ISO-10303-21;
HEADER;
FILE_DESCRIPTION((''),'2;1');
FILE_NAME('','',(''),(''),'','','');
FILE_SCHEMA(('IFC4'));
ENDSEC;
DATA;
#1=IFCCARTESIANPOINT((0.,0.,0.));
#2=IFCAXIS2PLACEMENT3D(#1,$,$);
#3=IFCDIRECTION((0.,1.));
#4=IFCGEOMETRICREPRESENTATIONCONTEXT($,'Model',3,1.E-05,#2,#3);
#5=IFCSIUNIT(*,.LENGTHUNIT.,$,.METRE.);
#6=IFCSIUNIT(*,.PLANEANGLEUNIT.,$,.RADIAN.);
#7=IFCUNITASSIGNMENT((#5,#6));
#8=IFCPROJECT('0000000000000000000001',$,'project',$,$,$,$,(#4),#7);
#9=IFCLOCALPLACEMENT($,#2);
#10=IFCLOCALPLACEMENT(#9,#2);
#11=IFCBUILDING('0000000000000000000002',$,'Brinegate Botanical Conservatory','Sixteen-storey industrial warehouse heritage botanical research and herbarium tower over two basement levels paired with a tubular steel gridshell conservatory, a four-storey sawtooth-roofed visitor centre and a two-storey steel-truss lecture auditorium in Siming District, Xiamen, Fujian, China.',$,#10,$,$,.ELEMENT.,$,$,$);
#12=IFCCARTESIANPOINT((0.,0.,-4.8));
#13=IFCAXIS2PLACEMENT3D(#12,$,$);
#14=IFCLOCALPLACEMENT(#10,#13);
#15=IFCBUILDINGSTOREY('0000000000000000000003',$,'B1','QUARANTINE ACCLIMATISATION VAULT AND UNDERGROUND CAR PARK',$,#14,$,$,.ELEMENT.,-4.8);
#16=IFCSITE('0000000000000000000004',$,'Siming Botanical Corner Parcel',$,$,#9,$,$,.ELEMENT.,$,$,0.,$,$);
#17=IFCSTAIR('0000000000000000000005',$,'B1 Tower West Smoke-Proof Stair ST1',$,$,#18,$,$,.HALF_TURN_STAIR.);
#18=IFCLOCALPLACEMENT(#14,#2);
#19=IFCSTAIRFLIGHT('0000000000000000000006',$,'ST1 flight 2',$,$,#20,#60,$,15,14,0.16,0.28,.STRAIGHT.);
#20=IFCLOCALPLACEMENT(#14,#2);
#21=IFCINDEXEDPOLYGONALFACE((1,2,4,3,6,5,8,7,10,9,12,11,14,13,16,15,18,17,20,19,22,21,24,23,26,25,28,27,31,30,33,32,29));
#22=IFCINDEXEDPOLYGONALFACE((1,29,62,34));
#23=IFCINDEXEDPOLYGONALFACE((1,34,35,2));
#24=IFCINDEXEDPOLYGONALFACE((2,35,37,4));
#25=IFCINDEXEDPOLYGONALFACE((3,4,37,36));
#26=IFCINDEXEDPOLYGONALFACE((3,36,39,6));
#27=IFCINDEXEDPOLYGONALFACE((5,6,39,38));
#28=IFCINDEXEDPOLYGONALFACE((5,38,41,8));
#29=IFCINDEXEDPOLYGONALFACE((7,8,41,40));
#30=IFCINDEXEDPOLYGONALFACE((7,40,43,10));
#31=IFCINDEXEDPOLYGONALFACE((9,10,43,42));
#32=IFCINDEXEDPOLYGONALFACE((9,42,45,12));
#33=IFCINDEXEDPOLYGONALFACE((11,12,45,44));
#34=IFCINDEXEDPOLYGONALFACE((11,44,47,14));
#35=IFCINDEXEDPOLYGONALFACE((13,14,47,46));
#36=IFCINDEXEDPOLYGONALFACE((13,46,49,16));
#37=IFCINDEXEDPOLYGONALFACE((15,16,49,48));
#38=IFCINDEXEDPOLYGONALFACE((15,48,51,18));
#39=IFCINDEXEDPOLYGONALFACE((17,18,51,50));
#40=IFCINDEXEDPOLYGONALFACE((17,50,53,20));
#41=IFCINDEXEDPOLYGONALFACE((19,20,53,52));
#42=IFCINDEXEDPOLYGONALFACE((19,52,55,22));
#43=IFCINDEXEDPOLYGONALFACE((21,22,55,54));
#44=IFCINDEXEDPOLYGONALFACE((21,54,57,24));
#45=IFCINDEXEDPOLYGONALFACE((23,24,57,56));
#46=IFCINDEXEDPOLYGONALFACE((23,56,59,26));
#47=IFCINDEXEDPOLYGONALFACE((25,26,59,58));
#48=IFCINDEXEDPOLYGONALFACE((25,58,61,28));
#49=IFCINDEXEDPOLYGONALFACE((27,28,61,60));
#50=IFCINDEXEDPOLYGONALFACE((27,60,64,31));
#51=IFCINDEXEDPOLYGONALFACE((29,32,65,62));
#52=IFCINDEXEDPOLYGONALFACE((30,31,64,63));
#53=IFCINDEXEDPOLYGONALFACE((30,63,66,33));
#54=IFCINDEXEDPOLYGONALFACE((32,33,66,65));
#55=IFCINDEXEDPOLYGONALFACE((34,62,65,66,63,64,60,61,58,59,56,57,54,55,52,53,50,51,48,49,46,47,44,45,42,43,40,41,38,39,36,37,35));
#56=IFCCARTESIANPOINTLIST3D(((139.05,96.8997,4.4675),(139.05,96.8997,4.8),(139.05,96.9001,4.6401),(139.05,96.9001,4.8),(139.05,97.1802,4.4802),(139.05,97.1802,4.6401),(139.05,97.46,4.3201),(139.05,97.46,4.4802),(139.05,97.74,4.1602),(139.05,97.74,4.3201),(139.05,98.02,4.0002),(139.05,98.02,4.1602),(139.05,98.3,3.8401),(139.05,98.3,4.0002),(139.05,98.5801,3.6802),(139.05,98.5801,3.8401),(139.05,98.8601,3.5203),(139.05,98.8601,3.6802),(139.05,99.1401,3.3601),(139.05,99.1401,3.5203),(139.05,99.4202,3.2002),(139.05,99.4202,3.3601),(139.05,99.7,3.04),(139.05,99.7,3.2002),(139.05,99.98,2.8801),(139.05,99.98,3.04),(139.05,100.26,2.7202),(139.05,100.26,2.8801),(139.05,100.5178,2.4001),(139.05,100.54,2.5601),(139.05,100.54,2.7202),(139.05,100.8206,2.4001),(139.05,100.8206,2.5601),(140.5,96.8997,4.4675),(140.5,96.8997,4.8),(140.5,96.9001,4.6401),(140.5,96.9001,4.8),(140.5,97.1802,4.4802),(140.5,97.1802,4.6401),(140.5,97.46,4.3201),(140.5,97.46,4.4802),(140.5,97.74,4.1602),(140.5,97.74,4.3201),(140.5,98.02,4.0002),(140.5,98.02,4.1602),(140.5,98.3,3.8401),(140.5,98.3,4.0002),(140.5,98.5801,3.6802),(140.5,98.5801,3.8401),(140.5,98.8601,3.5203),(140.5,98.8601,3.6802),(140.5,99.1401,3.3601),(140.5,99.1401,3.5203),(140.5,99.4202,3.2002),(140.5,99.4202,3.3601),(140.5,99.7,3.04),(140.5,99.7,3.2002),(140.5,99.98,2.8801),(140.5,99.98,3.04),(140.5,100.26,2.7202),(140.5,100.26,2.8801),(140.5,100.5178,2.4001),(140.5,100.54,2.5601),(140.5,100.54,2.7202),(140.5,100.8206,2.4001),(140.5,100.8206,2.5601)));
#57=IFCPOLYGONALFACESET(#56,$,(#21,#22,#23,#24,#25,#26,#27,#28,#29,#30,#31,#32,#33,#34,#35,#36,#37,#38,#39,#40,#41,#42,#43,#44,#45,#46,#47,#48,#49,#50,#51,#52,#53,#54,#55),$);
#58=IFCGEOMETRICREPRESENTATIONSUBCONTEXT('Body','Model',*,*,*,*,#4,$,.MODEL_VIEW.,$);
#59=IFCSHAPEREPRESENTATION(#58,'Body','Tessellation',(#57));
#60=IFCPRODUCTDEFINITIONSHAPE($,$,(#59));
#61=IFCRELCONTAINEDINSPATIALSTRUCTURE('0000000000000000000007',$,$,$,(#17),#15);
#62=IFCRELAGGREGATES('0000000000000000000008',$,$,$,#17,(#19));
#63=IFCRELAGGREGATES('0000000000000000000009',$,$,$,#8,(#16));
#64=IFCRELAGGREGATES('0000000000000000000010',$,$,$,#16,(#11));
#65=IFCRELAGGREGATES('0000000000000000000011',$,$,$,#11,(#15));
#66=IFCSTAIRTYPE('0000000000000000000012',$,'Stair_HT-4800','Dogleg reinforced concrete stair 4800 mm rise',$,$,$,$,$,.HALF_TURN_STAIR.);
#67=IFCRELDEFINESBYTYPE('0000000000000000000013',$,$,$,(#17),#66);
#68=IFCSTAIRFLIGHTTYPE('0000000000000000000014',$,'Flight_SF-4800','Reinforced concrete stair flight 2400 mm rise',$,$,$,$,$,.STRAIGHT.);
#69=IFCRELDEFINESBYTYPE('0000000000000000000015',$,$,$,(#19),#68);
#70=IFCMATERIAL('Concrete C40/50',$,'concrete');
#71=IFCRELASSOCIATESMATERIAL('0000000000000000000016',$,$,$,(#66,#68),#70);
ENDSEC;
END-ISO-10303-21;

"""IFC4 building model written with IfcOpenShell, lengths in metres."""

from ifc_helpers import new_model, si_unit, direction, frame, origin, place, context, subcontext, project, spatial, polyline, outline, extrude, material, type_object, element, aggregate, save


model = new_model("IFC4")

# Units and contexts
model_context = context("Model", 3, precision=1e-05, world=origin(), true_north=direction((0.0, 1.0)))
body_context = subcontext(model_context, "Body", "Model", "MODEL_VIEW")
ifc_project = project(units=[si_unit("LENGTHUNIT", "METRE"), si_unit("PLANEANGLEUNIT", "RADIAN")], contexts=[model_context])

# Site, building, storey
site_placement = place(None, origin())
site = spatial("IfcSite", under=ifc_project, at=site_placement, Name="Siming Botanical Corner Parcel", CompositionType="ELEMENT", RefElevation=0.0)
building_placement = place(site_placement, origin())
building = spatial("IfcBuilding", under=site, at=building_placement, Name="Brinegate Botanical Conservatory", Description="Sixteen-storey industrial warehouse heritage botanical research and herbarium tower over two basement levels paired with a tubular steel gridshell conservatory, a four-storey sawtooth-roofed visitor centre and a two-storey steel-truss lecture auditorium in Siming District, Xiamen, Fujian, China.", CompositionType="ELEMENT")
storey_placement = place(building_placement, frame((0.0, 0.0, -4.8)))
storey = spatial("IfcBuildingStorey", under=building, at=storey_placement, Name="B1", Description="QUARANTINE ACCLIMATISATION VAULT AND UNDERGROUND CAR PARK", CompositionType="ELEMENT", Elevation=-4.8)

# Shared definitions
ifc_material_1 = material(Name="Concrete C40/50", Category="concrete")

# Stair, stair flight
stair_type = type_object("IfcStairType", Name="Stair_HT-4800", Description="Dogleg reinforced concrete stair 4800 mm rise", PredefinedType="HALF_TURN_STAIR", material=ifc_material_1)
stair_placement = place(storey_placement, origin())
stair = element("IfcStair", 1, at=stair_placement, inside=storey, type_object=stair_type, Name="B1 Tower West Smoke-Proof Stair ST1", PredefinedType="HALF_TURN_STAIR")
stair_flight_type = type_object("IfcStairFlightType", Name="Flight_SF-4800", Description="Reinforced concrete stair flight 2400 mm rise", PredefinedType="STRAIGHT", material=ifc_material_1)
stair_flight_1_placement = place(storey_placement, frame((139.7749, 100.8201, 2.4001), z_axis=(0.0, 0.0, 1.0), x_axis=(0.0, -1.0, 0.0)))
stair_flight_1 = element("IfcStairFlight", 2, at=stair_flight_1_placement, type_object=stair_flight_type, Name="ST1 flight 2", NumberOfRisers=15, NumberOfTreads=14, PredefinedType="STRAIGHT", RiserHeight=0.16, TreadLength=0.28, context=body_context, shape_type="SweptSolid", body=[
    extrude(outline(polyline([(-0.0005, 0.0), (-0.0005, 0.1599), (0.28, 0.1599), (0.28, 0.3201), (0.5601, 0.3201), (0.5601, 0.48), (0.8401, 0.48), (0.8401, 0.6399), (1.1201, 0.6399), (1.1201, 0.8), (1.3999, 0.8), (1.3999, 0.96), (1.6799, 0.96), (1.6799, 1.1201), (1.96, 1.1201), (1.96, 1.28), (2.24, 1.28), (2.24, 1.4399), (2.52, 1.4399), (2.52, 1.6001), (2.8, 1.6001), (2.8, 1.76), (3.0801, 1.76), (3.0801, 1.9199), (3.3601, 1.9199), (3.3601, 2.0801), (3.6399, 2.0801), (3.6399, 2.24), (3.9199, 2.24), (3.9199, 2.3999), (3.9204, 2.3999), (3.9204, 2.0674), (0.3022, 0.0), (-0.0005, 0.0)])), frame((0.0, 0.7251, 0.0), z_axis=(0.0, -1.0, 0.0), x_axis=(1.0, 0.0, 0.0)), (0.0, 0.0, 1.0), 1.45),
])
aggregate(stair, [stair_flight_1])

save(model, "model.ifc")
